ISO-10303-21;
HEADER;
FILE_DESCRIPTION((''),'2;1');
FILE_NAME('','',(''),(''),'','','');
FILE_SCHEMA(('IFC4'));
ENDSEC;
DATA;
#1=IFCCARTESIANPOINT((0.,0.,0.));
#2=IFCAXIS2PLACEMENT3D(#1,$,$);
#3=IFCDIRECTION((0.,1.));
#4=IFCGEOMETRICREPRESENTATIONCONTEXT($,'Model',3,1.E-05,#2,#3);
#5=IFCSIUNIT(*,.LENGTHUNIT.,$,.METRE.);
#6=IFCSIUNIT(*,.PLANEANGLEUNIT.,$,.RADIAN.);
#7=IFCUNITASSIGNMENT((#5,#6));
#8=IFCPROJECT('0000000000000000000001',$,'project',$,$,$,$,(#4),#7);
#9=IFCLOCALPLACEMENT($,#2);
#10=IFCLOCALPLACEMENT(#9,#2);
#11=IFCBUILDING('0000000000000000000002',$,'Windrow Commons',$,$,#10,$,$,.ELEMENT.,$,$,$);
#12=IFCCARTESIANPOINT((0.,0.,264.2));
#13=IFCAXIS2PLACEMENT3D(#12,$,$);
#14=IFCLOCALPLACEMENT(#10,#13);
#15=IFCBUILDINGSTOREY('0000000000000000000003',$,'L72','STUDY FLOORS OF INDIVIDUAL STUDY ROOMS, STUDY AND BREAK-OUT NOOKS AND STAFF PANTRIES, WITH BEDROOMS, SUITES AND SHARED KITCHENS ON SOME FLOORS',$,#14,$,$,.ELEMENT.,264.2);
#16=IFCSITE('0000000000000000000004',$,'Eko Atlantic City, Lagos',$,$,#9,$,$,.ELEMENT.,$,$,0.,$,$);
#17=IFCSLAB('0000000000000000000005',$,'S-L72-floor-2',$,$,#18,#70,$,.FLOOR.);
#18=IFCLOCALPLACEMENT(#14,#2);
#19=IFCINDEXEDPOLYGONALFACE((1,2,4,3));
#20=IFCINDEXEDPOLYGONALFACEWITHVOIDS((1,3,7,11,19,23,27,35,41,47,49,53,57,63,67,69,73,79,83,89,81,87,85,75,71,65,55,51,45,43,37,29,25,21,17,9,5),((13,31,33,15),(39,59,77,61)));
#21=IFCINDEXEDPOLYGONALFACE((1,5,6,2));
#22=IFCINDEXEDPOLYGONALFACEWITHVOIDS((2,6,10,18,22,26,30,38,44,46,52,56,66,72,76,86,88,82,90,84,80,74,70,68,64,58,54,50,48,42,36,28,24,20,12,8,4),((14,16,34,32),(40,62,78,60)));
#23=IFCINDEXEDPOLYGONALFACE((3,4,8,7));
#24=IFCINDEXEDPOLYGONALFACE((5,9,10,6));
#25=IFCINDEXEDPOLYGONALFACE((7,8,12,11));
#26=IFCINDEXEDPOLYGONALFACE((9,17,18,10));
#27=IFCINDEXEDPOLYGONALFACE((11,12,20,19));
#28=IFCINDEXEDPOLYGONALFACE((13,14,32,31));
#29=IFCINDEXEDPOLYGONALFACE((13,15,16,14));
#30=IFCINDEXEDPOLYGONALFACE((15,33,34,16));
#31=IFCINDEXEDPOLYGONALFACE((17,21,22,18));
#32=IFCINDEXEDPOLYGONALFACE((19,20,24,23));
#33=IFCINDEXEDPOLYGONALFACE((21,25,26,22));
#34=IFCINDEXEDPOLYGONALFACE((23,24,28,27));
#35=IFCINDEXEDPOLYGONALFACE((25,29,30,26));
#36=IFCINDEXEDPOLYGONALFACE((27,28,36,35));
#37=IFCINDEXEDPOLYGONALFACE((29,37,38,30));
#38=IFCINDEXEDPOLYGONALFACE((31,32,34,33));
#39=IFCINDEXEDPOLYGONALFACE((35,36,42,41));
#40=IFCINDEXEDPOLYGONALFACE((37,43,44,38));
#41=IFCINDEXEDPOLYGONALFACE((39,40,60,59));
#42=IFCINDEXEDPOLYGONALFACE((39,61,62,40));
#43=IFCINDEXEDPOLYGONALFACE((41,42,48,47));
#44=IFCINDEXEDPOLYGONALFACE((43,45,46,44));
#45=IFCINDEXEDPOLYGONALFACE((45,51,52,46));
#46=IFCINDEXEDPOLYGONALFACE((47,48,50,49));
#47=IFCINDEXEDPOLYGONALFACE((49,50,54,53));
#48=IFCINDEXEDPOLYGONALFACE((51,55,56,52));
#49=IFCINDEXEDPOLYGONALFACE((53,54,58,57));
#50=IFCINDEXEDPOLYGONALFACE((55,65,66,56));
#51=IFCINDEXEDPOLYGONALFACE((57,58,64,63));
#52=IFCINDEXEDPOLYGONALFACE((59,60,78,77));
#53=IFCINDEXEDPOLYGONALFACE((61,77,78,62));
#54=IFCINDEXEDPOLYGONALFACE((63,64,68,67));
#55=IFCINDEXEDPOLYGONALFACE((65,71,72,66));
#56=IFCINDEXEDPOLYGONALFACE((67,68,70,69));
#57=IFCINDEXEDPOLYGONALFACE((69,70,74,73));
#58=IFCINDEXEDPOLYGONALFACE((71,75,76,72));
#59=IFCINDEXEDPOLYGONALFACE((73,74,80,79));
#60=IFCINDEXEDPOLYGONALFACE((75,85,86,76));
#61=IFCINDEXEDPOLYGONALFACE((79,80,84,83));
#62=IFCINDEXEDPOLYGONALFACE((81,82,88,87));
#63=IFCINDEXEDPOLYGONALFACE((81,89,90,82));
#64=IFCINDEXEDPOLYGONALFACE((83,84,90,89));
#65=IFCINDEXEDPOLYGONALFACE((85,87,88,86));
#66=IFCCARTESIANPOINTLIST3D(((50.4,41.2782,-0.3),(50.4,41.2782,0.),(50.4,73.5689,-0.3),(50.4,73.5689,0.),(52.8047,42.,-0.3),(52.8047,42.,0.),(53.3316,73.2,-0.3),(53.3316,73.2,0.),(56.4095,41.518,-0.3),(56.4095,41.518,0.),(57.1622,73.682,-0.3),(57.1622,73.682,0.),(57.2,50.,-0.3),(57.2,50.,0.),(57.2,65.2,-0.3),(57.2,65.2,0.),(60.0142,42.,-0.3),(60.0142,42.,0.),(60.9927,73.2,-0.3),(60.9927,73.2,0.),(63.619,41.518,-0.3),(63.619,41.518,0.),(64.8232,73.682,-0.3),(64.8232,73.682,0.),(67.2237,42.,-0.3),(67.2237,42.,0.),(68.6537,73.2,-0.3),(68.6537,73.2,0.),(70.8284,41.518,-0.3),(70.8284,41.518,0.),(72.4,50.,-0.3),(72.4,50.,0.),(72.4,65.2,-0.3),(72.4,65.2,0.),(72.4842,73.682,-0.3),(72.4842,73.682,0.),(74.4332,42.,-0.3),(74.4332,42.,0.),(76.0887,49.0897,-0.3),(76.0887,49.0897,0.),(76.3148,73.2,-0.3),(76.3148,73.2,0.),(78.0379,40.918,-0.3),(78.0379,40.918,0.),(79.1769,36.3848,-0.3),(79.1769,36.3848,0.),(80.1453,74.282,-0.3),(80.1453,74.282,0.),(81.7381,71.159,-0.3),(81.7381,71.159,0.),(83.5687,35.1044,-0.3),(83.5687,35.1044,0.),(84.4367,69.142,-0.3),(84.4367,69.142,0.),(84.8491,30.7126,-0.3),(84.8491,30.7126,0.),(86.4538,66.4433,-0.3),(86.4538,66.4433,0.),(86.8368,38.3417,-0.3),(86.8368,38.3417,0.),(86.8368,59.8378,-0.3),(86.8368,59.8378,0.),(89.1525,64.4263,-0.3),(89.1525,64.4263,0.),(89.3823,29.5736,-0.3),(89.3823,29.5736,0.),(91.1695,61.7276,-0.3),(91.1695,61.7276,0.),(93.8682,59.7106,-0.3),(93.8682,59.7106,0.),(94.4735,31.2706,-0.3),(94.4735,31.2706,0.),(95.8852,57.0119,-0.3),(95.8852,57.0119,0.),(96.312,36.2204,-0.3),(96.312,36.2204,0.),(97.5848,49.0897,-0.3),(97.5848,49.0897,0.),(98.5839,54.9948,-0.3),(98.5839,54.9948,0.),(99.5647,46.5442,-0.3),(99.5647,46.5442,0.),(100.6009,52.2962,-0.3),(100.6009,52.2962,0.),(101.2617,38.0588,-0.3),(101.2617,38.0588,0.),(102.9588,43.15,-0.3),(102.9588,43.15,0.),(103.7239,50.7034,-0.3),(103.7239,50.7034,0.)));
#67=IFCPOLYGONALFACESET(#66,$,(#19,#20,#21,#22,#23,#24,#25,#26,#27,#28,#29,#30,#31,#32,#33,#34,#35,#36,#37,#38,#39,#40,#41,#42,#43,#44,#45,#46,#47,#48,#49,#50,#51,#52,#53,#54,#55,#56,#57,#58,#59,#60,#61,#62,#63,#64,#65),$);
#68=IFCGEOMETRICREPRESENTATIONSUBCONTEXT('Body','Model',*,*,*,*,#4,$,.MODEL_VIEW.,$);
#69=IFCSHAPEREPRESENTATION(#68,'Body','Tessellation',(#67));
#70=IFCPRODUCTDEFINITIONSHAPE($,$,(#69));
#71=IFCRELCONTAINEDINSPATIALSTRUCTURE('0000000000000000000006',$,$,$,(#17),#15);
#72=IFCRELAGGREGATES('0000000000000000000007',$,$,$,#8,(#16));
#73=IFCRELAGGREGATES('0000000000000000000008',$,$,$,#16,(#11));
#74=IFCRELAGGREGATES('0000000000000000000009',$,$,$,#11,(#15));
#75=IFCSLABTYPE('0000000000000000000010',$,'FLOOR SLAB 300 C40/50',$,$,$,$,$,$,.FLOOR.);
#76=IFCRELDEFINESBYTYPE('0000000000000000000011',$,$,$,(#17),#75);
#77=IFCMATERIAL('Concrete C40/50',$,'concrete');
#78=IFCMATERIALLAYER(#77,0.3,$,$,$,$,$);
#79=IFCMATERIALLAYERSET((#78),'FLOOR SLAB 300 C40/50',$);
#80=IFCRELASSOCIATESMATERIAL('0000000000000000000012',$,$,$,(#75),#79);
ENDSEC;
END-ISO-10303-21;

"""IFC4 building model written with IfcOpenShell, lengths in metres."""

from ifc_helpers import new_model, si_unit, direction, frame, origin, place, context, subcontext, project, spatial, polyline, outline, extrude, material, layer, layer_set, type_object, element, save


model = new_model("IFC4")

# Units and contexts
model_context = context("Model", 3, precision=1e-05, world=origin(), true_north=direction((0.0, 1.0)))
body_context = subcontext(model_context, "Body", "Model", "MODEL_VIEW")
ifc_project = project(units=[si_unit("LENGTHUNIT", "METRE"), si_unit("PLANEANGLEUNIT", "RADIAN")], contexts=[model_context])

# Site, building, storey
site_placement = place(None, origin())
site = spatial("IfcSite", under=ifc_project, at=site_placement, Name="Eko Atlantic City, Lagos", CompositionType="ELEMENT", RefElevation=0.0)
building_placement = place(site_placement, origin())
building = spatial("IfcBuilding", under=site, at=building_placement, Name="Windrow Commons", CompositionType="ELEMENT")
storey_placement = place(building_placement, frame((0.0, 0.0, 264.2)))
storey = spatial("IfcBuildingStorey", under=building, at=storey_placement, Name="L72", Description="STUDY FLOORS OF INDIVIDUAL STUDY ROOMS, STUDY AND BREAK-OUT NOOKS AND STAFF PANTRIES, WITH BEDROOMS, SUITES AND SHARED KITCHENS ON SOME FLOORS", CompositionType="ELEMENT", Elevation=264.2)

# Shared definitions
placement_1 = place(storey_placement, frame((0.0, 0.0, -0.3)))

# Shared definitions
ifc_material_1 = material(Name="Concrete C40/50", Category="concrete")
ifc_layer_1 = layer(ifc_material_1, 0.3)
ifc_layer_set_1 = layer_set([ifc_layer_1], Name="FLOOR SLAB 300 C40/50")
slab_type_1 = type_object("IfcSlabType", Name="FLOOR SLAB 300 C40/50", PredefinedType="FLOOR", material=ifc_layer_set_1)

# Slab, openings
slab_1 = element("IfcSlab", 1, at=placement_1, inside=storey, type_object=slab_type_1, Name="S-L72-floor-2", PredefinedType="FLOOR", context=body_context, shape_type="SweptSolid", body=[
    extrude(outline(polyline([(84.8491, 30.7126), (89.3823, 29.5736), (94.4735, 31.2706), (96.312, 36.2204), (101.2617, 38.0588), (102.9588, 43.15), (99.5647, 46.5442), (103.7239, 50.7034), (100.6009, 52.2962), (98.5839, 54.9948), (95.8852, 57.0119), (93.8682, 59.7106), (91.1695, 61.7276), (89.1525, 64.4263), (86.4538, 66.4433), (84.4367, 69.142), (81.7381, 71.159), (80.1453, 74.282), (76.3148, 73.2), (72.4842, 73.682), (68.6537, 73.2), (64.8232, 73.682), (60.9927, 73.2), (57.1622, 73.682), (53.3316, 73.2), (50.4, 73.5689), (50.4, 41.2782), (49.2, 40.918), (52.8047, 42.0), (56.4095, 41.518), (60.0142, 42.0), (63.619, 41.518), (67.2237, 42.0), (70.8284, 41.518), (74.4332, 42.0), (78.0379, 40.918), (79.1769, 36.3848), (83.5687, 35.1044), (84.8491, 30.7126)]), holes=[polyline([(86.8368, 59.8378), (97.5848, 49.0897), (86.8368, 38.3417), (76.0887, 49.0897), (86.8368, 59.8378)]), polyline([(57.2, 65.2), (72.4, 65.2), (72.4, 50.0), (57.2, 50.0), (57.2, 65.2)])]), origin(), (0.0, 0.0, 1.0), 0.3),
])
opening_1_placement = place(placement_1, origin())
element("IfcOpeningElement", 2, at=opening_1_placement, cuts=slab_1, PredefinedType="OPENING", context=body_context, shape_type="SweptSolid", body=[
    extrude(outline(polyline([(86.8368, 59.8307), (97.5777, 49.0897), (86.8368, 38.3488), (76.0958, 49.0897), (86.8368, 59.8307)])), origin(), (0.0, 0.0, 1.0), 0.3),
])
opening_2_placement = place(placement_1, origin())
element("IfcOpeningElement", 3, at=opening_2_placement, cuts=slab_1, PredefinedType="OPENING", context=body_context, shape_type="SweptSolid", body=[
    extrude(outline(polyline([(57.205, 65.195), (72.395, 65.195), (72.395, 50.005), (57.205, 50.005), (57.205, 65.195)])), origin(), (0.0, 0.0, 1.0), 0.3),
])

save(model, "model.ifc")
